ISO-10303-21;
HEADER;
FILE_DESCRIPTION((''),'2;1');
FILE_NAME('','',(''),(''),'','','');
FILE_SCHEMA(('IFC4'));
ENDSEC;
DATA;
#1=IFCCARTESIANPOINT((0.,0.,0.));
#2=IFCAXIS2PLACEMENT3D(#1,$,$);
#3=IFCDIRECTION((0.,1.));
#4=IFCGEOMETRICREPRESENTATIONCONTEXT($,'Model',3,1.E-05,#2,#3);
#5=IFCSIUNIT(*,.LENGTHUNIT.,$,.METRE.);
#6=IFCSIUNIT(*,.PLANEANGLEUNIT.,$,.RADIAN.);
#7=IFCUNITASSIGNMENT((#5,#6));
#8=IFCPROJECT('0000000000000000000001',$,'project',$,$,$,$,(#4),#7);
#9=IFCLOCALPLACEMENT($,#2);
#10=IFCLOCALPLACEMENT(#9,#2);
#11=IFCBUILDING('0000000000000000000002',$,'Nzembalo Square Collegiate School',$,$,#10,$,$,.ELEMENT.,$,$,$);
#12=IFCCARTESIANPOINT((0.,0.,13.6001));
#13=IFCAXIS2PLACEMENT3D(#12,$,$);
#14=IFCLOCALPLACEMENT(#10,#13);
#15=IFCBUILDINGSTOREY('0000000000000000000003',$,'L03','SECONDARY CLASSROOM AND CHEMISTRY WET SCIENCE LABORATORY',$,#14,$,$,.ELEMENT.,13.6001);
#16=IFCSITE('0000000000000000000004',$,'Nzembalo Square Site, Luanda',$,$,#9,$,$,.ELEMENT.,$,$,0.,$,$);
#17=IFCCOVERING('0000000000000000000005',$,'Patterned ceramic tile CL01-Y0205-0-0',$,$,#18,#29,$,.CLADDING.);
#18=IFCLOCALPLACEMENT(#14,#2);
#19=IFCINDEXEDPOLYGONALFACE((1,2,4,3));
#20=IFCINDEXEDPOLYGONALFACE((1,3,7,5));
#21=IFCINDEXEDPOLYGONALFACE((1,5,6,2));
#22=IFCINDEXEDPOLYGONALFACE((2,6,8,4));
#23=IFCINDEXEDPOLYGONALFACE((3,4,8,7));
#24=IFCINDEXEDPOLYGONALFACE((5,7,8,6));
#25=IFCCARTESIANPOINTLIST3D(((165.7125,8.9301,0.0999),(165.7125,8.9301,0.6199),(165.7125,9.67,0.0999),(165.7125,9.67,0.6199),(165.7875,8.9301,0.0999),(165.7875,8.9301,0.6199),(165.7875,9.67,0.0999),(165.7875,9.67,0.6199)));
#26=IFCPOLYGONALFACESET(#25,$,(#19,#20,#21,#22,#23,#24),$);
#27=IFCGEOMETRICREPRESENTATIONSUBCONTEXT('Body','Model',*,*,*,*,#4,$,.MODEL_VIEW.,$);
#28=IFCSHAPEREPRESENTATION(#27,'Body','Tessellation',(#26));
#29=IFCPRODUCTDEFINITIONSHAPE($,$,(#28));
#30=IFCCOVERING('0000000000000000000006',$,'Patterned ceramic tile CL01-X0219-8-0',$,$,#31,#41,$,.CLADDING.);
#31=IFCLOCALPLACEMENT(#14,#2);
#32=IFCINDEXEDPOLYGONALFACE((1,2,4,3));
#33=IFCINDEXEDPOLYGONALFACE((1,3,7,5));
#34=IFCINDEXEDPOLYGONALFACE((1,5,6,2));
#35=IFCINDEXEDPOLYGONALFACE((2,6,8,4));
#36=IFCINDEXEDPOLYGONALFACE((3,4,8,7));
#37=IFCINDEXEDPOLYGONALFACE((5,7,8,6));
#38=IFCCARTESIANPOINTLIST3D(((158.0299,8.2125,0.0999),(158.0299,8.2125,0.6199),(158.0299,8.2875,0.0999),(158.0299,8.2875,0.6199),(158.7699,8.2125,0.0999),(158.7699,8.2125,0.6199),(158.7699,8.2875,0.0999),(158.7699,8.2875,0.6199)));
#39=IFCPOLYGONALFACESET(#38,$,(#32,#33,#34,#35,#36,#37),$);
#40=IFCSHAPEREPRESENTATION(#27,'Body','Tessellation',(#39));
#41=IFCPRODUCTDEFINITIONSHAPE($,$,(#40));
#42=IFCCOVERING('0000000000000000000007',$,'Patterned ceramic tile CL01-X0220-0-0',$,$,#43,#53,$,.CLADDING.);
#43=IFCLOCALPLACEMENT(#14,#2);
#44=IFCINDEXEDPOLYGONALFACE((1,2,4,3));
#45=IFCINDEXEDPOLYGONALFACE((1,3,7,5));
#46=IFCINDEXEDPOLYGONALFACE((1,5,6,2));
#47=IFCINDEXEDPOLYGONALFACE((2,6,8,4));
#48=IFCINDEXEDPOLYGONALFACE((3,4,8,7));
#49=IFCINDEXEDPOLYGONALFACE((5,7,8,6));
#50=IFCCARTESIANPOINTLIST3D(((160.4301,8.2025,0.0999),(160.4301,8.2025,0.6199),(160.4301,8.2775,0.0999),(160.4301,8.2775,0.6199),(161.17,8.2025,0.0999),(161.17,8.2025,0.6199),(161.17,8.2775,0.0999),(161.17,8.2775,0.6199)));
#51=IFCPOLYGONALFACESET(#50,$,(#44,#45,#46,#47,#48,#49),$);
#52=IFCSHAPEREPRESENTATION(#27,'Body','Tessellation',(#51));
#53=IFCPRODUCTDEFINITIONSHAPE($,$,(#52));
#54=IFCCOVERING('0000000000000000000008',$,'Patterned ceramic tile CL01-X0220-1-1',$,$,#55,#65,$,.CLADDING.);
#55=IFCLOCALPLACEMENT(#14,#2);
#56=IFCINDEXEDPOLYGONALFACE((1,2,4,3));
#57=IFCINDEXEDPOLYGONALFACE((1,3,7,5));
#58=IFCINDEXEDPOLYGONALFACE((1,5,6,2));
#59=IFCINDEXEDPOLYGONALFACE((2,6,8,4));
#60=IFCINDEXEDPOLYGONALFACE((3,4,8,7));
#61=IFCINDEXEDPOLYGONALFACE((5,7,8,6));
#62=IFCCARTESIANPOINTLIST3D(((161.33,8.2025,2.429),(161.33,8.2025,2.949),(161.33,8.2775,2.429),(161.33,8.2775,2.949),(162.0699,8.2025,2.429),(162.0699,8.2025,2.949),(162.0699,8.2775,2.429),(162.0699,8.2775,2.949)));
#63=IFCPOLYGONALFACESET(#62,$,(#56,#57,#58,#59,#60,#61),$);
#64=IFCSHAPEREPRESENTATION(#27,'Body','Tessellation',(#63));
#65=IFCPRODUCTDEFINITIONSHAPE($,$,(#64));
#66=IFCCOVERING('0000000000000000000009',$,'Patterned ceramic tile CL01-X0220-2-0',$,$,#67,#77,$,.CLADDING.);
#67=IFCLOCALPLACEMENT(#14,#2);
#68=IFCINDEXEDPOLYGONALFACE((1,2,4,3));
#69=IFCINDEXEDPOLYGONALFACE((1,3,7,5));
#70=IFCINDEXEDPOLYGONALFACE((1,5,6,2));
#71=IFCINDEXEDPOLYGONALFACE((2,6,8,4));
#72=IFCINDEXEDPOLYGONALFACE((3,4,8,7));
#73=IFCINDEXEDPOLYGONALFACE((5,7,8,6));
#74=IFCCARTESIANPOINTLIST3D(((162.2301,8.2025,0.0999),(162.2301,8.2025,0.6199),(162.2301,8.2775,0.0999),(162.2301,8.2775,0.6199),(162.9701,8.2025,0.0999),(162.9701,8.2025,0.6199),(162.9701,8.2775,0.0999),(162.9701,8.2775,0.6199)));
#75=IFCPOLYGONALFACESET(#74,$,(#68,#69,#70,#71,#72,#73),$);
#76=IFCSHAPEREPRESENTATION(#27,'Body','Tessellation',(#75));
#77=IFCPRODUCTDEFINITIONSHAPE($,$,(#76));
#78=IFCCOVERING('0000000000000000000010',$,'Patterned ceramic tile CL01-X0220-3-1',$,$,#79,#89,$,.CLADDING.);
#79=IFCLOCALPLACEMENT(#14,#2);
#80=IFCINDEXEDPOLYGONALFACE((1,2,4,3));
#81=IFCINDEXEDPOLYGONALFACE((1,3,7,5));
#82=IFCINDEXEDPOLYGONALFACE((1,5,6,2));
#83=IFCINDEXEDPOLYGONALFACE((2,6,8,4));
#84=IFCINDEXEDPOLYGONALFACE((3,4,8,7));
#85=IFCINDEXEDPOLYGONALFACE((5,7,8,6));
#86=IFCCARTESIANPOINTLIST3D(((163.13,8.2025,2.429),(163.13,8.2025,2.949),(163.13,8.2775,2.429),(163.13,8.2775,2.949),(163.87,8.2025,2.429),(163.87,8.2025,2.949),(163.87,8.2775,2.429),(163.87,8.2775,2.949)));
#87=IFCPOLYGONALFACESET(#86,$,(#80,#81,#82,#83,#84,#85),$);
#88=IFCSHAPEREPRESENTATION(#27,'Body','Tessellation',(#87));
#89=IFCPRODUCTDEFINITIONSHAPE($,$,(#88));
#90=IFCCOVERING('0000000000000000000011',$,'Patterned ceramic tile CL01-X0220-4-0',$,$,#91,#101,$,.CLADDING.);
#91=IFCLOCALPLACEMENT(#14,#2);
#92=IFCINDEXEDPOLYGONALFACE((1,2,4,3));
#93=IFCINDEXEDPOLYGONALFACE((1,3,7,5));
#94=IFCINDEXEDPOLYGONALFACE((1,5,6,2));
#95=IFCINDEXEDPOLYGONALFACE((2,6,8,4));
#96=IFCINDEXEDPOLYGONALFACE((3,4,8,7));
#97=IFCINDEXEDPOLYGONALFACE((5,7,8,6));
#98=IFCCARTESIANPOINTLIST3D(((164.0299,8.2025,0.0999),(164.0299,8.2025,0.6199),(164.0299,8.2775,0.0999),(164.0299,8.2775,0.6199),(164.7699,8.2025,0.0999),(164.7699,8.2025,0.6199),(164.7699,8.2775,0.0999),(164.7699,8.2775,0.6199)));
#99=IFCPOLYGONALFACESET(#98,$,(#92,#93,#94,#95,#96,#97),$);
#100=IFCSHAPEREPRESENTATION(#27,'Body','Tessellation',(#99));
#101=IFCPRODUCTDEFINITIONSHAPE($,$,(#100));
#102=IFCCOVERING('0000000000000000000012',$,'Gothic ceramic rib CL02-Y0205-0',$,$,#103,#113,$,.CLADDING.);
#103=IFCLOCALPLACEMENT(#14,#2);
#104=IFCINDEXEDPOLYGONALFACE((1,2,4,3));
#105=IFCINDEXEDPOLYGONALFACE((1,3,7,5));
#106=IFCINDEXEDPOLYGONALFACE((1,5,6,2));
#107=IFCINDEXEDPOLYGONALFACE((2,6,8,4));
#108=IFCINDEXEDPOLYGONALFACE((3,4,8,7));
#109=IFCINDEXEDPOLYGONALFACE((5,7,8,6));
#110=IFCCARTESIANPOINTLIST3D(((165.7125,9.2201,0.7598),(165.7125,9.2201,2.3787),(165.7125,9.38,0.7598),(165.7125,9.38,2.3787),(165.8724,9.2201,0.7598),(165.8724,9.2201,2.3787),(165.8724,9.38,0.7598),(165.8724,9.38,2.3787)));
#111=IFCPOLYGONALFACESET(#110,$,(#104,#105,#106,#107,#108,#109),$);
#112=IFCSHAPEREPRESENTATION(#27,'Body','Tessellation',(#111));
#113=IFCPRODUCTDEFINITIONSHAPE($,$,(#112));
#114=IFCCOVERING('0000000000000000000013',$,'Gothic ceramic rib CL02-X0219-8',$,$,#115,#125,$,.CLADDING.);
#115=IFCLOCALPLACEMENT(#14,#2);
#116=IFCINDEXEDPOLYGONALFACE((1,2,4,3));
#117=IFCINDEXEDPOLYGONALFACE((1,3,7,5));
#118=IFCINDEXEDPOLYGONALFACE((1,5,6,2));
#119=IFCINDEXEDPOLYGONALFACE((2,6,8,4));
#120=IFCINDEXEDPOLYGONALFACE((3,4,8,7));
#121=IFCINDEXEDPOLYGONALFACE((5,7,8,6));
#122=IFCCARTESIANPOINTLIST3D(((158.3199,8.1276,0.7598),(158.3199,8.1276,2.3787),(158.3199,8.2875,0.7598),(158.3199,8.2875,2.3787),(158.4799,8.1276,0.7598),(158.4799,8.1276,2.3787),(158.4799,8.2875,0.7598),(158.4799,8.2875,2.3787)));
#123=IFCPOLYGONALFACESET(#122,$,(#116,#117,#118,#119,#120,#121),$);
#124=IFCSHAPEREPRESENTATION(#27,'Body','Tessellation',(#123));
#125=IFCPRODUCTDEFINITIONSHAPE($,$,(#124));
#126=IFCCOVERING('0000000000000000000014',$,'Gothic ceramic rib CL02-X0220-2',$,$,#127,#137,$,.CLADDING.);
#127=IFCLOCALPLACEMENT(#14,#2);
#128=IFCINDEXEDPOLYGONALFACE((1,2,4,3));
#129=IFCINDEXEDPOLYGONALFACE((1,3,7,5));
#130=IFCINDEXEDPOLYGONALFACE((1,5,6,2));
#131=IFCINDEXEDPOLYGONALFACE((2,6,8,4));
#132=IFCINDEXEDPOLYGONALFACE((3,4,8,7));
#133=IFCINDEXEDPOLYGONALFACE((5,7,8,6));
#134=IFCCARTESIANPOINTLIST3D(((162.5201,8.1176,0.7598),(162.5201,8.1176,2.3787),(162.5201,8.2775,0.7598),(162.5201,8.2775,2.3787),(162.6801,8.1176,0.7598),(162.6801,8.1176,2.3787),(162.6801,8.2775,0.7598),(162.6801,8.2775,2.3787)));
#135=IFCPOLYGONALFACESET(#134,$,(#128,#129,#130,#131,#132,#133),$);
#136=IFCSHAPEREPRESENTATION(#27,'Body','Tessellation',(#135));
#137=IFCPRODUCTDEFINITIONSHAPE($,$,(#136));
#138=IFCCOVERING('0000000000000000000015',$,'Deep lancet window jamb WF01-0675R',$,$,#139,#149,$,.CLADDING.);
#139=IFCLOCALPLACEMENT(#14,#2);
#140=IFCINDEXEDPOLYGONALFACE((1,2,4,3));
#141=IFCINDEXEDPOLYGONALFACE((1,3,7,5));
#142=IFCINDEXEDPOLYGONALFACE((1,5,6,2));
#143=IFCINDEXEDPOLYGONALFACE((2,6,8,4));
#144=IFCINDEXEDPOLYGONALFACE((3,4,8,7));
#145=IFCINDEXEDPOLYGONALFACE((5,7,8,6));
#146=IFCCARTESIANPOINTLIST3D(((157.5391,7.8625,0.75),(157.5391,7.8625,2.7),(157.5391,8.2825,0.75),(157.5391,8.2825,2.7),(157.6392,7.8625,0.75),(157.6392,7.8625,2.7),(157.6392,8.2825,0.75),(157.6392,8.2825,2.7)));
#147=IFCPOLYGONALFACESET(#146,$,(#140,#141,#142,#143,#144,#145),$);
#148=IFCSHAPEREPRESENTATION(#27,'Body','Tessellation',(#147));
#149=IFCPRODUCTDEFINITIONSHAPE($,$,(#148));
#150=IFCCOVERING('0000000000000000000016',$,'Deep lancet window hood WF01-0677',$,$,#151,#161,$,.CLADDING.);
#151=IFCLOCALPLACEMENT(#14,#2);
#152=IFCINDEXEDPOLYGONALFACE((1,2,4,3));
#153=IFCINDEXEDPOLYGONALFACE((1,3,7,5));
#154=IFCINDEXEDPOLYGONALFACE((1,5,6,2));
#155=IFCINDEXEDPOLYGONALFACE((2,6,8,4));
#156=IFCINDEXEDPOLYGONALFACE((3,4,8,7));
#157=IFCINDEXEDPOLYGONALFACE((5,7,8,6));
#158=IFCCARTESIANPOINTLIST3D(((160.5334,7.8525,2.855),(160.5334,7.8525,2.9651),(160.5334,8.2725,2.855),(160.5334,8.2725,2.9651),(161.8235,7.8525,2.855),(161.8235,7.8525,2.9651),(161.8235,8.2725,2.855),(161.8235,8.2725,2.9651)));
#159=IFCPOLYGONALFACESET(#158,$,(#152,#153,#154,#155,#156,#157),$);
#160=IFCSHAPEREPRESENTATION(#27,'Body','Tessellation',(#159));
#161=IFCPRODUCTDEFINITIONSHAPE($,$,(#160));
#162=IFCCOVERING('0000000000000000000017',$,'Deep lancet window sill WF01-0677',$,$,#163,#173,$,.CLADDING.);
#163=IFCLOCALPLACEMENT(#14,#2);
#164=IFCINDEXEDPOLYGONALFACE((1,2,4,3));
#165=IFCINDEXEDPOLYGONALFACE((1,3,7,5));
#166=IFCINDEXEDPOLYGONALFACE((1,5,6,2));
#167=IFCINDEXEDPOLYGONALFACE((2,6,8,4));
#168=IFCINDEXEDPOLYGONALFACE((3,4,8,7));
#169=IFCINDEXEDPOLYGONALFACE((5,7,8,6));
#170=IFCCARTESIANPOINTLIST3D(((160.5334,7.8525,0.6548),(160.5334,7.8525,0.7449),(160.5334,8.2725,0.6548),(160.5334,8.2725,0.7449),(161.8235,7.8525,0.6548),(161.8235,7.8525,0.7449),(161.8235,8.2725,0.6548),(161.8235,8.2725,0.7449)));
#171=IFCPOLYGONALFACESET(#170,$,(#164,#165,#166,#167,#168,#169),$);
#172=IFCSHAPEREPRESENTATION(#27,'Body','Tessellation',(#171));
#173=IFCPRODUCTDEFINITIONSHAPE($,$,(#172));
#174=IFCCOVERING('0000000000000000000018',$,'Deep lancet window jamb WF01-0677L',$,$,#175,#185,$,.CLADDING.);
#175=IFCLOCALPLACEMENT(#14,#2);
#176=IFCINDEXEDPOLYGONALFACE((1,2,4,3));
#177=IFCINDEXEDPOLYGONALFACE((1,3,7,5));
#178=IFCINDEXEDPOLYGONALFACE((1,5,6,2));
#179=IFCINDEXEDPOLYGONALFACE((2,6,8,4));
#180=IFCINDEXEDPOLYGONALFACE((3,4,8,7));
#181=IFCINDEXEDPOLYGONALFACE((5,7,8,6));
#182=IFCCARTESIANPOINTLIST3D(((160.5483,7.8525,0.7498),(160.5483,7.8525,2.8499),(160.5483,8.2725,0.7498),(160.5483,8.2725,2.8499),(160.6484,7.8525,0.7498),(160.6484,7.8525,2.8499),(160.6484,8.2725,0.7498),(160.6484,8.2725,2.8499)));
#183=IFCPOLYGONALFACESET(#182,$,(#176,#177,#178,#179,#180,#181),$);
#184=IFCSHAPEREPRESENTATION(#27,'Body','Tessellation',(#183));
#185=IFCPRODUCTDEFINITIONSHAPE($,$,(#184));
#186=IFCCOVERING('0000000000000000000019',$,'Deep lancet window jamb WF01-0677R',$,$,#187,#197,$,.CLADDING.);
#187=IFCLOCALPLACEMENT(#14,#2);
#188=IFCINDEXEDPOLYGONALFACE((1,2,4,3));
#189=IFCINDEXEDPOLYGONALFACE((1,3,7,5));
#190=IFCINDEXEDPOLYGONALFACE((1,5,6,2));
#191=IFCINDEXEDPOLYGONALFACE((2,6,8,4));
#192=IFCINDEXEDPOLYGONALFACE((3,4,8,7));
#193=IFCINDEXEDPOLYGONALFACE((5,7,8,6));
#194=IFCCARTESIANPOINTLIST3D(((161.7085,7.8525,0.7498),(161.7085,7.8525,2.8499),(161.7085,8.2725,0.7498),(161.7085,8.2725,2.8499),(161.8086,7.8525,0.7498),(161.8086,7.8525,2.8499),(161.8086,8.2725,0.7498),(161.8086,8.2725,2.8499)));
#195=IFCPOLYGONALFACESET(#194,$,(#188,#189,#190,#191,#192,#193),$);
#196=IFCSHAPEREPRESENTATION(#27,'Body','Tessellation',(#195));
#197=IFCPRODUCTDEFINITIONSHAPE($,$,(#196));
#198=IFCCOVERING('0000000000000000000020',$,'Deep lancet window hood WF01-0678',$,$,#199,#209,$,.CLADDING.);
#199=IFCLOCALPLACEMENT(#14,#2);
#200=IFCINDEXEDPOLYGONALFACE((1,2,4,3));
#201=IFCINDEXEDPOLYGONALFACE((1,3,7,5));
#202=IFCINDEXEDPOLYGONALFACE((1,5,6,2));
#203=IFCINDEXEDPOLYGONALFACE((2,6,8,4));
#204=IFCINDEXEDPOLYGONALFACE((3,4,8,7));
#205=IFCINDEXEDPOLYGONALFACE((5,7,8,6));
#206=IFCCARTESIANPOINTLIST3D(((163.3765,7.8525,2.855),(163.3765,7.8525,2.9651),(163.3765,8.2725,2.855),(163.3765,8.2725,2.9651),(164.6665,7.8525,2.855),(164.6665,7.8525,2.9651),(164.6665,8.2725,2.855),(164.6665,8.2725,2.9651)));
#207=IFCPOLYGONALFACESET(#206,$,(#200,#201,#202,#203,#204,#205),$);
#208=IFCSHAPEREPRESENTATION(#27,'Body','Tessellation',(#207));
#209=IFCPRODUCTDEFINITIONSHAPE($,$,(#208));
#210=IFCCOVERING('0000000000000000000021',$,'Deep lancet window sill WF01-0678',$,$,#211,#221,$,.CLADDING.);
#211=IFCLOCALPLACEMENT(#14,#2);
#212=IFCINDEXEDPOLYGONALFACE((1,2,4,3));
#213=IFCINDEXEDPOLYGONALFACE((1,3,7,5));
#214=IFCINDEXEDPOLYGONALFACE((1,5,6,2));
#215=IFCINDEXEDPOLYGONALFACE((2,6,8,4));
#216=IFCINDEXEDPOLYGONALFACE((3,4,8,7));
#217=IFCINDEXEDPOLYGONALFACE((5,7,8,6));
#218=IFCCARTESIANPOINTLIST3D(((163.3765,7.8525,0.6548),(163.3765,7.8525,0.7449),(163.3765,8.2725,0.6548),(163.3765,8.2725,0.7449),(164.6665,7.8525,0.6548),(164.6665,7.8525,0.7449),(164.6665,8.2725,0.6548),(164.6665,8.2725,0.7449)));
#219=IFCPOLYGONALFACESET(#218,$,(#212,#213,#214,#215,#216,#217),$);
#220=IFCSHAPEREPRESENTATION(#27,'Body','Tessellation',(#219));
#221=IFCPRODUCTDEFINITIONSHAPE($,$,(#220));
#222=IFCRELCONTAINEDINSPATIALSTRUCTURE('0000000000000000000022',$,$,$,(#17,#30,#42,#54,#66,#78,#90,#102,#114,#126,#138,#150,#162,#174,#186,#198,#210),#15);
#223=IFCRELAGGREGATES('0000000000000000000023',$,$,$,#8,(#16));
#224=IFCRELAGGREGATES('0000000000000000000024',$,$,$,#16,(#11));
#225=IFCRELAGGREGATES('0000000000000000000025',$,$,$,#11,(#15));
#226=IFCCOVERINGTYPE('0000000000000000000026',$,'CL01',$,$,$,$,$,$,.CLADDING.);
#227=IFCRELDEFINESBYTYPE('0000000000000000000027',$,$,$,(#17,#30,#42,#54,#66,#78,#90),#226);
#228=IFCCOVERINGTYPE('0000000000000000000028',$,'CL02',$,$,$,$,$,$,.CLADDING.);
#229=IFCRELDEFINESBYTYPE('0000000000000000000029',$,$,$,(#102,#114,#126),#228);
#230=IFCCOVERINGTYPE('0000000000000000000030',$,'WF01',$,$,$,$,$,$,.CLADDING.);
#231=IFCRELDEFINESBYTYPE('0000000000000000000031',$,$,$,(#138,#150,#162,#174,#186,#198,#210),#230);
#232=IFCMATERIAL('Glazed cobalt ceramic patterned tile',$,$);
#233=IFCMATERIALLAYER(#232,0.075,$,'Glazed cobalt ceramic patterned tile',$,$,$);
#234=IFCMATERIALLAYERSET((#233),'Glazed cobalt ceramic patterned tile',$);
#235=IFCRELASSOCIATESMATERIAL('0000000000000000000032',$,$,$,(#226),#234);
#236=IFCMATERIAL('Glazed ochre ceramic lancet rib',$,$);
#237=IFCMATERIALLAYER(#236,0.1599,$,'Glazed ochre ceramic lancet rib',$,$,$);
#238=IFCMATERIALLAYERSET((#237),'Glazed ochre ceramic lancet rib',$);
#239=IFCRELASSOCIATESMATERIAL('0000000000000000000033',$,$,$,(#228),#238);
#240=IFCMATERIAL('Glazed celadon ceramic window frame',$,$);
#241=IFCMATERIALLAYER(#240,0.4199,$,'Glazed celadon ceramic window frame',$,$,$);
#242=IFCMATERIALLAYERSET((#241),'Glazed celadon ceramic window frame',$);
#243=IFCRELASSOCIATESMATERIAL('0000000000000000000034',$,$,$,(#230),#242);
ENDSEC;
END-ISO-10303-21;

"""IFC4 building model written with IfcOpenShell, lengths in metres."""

from ifc_helpers import new_model, si_unit, direction, frame, origin, origin_2d, place, context, subcontext, project, spatial, rectangle, extrude, material, layer, layer_set, type_object, element, save


model = new_model("IFC4")

# Units and contexts
model_context = context("Model", 3, precision=1e-05, world=origin(), true_north=direction((0.0, 1.0)))
body_context = subcontext(model_context, "Body", "Model", "MODEL_VIEW")
ifc_project = project(units=[si_unit("LENGTHUNIT", "METRE"), si_unit("PLANEANGLEUNIT", "RADIAN")], contexts=[model_context])

# Site, building, storey
site_placement = place(None, origin())
site = spatial("IfcSite", under=ifc_project, at=site_placement, Name="Nzembalo Square Site, Luanda", CompositionType="ELEMENT", RefElevation=0.0)
building_placement = place(site_placement, origin())
building = spatial("IfcBuilding", under=site, at=building_placement, Name="Nzembalo Square Collegiate School", CompositionType="ELEMENT")
storey_placement = place(building_placement, frame((0.0, 0.0, 13.6001)))
storey = spatial("IfcBuildingStorey", under=building, at=storey_placement, Name="L03", Description="SECONDARY CLASSROOM AND CHEMISTRY WET SCIENCE LABORATORY", CompositionType="ELEMENT", Elevation=13.6001)

# Coverings
ifc_material_1 = material(Name="Glazed cobalt ceramic patterned tile")
ifc_layer_1 = layer(ifc_material_1, 0.075, Name="Glazed cobalt ceramic patterned tile")
ifc_layer_set_1 = layer_set([ifc_layer_1], Name="Glazed cobalt ceramic patterned tile")
covering_type_1 = type_object("IfcCoveringType", Name="CL01", PredefinedType="CLADDING", material=ifc_layer_set_1)
covering_1_placement = place(storey_placement, frame((165.75, 9.3, 0.0999), z_axis=(0.0, 0.0, 1.0), x_axis=(1.0, 0.0, 0.0)))
element("IfcCovering", 1, at=covering_1_placement, inside=storey, type_object=covering_type_1, Name="Patterned ceramic tile CL01-Y0205-0-0", PredefinedType="CLADDING", context=body_context, shape_type="SweptSolid", body=[
    extrude(rectangle(XDim=0.075, YDim=0.74, at=origin_2d()), origin(), (0.0, 0.0, 1.0), 0.52),
])
for number, where, z_axis, x_axis, name in (
    (2, (158.3999, 8.25, 0.0999), (0.0, 0.0, 1.0), (1.0, 0.0, 0.0), "Patterned ceramic tile CL01-X0219-8-0"),
    (3, (160.8, 8.24, 0.0999), (0.0, 0.0, 1.0), (1.0, 0.0, 0.0), "Patterned ceramic tile CL01-X0220-0-0"),
    (4, (161.7, 8.24, 2.429), (0.0, 0.0, 1.0), (1.0, 0.0, 0.0), "Patterned ceramic tile CL01-X0220-1-1"),
    (5, (162.6001, 8.24, 0.0999), (0.0, 0.0, 1.0), (1.0, 0.0, 0.0), "Patterned ceramic tile CL01-X0220-2-0"),
    (6, (163.5, 8.24, 2.429), (0.0, 0.0, 1.0), (1.0, 0.0, 0.0), "Patterned ceramic tile CL01-X0220-3-1"),
    (7, (164.3999, 8.24, 0.0999), (0.0, 0.0, 1.0), (1.0, 0.0, 0.0), "Patterned ceramic tile CL01-X0220-4-0"),
):
    element("IfcCovering", number, at=place(storey_placement, frame(where, z_axis=z_axis, x_axis=x_axis)), inside=storey, type_object=covering_type_1, Name=name, PredefinedType="CLADDING", context=body_context, shape_type="SweptSolid", body=[
        extrude(rectangle(XDim=0.74, YDim=0.075, at=origin_2d()), origin(), (0.0, 0.0, 1.0), 0.52),
    ])
ifc_material_2 = material(Name="Glazed ochre ceramic lancet rib")
ifc_layer_2 = layer(ifc_material_2, 0.1599, Name="Glazed ochre ceramic lancet rib")
ifc_layer_set_2 = layer_set([ifc_layer_2], Name="Glazed ochre ceramic lancet rib")
covering_type_2 = type_object("IfcCoveringType", Name="CL02", PredefinedType="CLADDING", material=ifc_layer_set_2)
for number, where, z_axis, x_axis, name in (
    (8, (165.7925, 9.3, 0.7598), (0.0, 0.0, 1.0), (1.0, 0.0, 0.0), "Gothic ceramic rib CL02-Y0205-0"),
    (9, (158.3999, 8.2075, 0.7598), (0.0, 0.0, 1.0), (1.0, 0.0, 0.0), "Gothic ceramic rib CL02-X0219-8"),
    (10, (162.6001, 8.1975, 0.7598), (0.0, 0.0, 1.0), (1.0, 0.0, 0.0), "Gothic ceramic rib CL02-X0220-2"),
):
    element("IfcCovering", number, at=place(storey_placement, frame(where, z_axis=z_axis, x_axis=x_axis)), inside=storey, type_object=covering_type_2, Name=name, PredefinedType="CLADDING", context=body_context, shape_type="SweptSolid", body=[
        extrude(rectangle(XDim=0.1599, YDim=0.1599, at=origin_2d()), origin(), (0.0, 0.0, 1.0), 1.6189),
    ])
ifc_material_3 = material(Name="Glazed celadon ceramic window frame")
ifc_layer_3 = layer(ifc_material_3, 0.4199, Name="Glazed celadon ceramic window frame")
ifc_layer_set_3 = layer_set([ifc_layer_3], Name="Glazed celadon ceramic window frame")
covering_type_3 = type_object("IfcCoveringType", Name="WF01", PredefinedType="CLADDING", material=ifc_layer_set_3)
covering_2_placement = place(storey_placement, frame((157.5891, 8.0725, 0.75), z_axis=(0.0, 0.0, 1.0), x_axis=(1.0, 0.0, 0.0)))
element("IfcCovering", 11, at=covering_2_placement, inside=storey, type_object=covering_type_3, Name="Deep lancet window jamb WF01-0675R", PredefinedType="CLADDING", context=body_context, shape_type="SweptSolid", body=[
    extrude(rectangle(XDim=0.1001, YDim=0.4199, at=origin_2d()), origin(), (0.0, 0.0, 1.0), 1.95),
])
covering_3_placement = place(storey_placement, frame((161.1785, 8.0625, 2.855), z_axis=(0.0, 0.0, 1.0), x_axis=(1.0, 0.0, 0.0)))
element("IfcCovering", 12, at=covering_3_placement, inside=storey, type_object=covering_type_3, Name="Deep lancet window hood WF01-0677", PredefinedType="CLADDING", context=body_context, shape_type="SweptSolid", body=[
    extrude(rectangle(XDim=1.29, YDim=0.4199, at=origin_2d()), origin(), (0.0, 0.0, 1.0), 0.1101),
])
covering_4_placement = place(storey_placement, frame((161.1785, 8.0625, 0.6548), z_axis=(0.0, 0.0, 1.0), x_axis=(1.0, 0.0, 0.0)))
element("IfcCovering", 13, at=covering_4_placement, inside=storey, type_object=covering_type_3, Name="Deep lancet window sill WF01-0677", PredefinedType="CLADDING", context=body_context, shape_type="SweptSolid", body=[
    extrude(rectangle(XDim=1.29, YDim=0.4199, at=origin_2d()), origin(), (0.0, 0.0, 1.0), 0.0901),
])
for number, where, z_axis, x_axis, name in (
    (14, (160.5984, 8.0625, 0.7498), (0.0, 0.0, 1.0), (1.0, 0.0, 0.0), "Deep lancet window jamb WF01-0677L"),
    (15, (161.7585, 8.0625, 0.7498), (0.0, 0.0, 1.0), (1.0, 0.0, 0.0), "Deep lancet window jamb WF01-0677R"),
):
    element("IfcCovering", number, at=place(storey_placement, frame(where, z_axis=z_axis, x_axis=x_axis)), inside=storey, type_object=covering_type_3, Name=name, PredefinedType="CLADDING", context=body_context, shape_type="SweptSolid", body=[
        extrude(rectangle(XDim=0.1001, YDim=0.4199, at=origin_2d()), origin(), (0.0, 0.0, 1.0), 2.1001),
    ])
covering_5_placement = place(storey_placement, frame((164.0215, 8.0625, 2.855), z_axis=(0.0, 0.0, 1.0), x_axis=(1.0, 0.0, 0.0)))
element("IfcCovering", 16, at=covering_5_placement, inside=storey, type_object=covering_type_3, Name="Deep lancet window hood WF01-0678", PredefinedType="CLADDING", context=body_context, shape_type="SweptSolid", body=[
    extrude(rectangle(XDim=1.29, YDim=0.4199, at=origin_2d()), origin(), (0.0, 0.0, 1.0), 0.1101),
])
covering_6_placement = place(storey_placement, frame((164.0215, 8.0625, 0.6548), z_axis=(0.0, 0.0, 1.0), x_axis=(1.0, 0.0, 0.0)))
element("IfcCovering", 17, at=covering_6_placement, inside=storey, type_object=covering_type_3, Name="Deep lancet window sill WF01-0678", PredefinedType="CLADDING", context=body_context, shape_type="SweptSolid", body=[
    extrude(rectangle(XDim=1.29, YDim=0.4199, at=origin_2d()), origin(), (0.0, 0.0, 1.0), 0.0901),
])

save(model, "model.ifc")
